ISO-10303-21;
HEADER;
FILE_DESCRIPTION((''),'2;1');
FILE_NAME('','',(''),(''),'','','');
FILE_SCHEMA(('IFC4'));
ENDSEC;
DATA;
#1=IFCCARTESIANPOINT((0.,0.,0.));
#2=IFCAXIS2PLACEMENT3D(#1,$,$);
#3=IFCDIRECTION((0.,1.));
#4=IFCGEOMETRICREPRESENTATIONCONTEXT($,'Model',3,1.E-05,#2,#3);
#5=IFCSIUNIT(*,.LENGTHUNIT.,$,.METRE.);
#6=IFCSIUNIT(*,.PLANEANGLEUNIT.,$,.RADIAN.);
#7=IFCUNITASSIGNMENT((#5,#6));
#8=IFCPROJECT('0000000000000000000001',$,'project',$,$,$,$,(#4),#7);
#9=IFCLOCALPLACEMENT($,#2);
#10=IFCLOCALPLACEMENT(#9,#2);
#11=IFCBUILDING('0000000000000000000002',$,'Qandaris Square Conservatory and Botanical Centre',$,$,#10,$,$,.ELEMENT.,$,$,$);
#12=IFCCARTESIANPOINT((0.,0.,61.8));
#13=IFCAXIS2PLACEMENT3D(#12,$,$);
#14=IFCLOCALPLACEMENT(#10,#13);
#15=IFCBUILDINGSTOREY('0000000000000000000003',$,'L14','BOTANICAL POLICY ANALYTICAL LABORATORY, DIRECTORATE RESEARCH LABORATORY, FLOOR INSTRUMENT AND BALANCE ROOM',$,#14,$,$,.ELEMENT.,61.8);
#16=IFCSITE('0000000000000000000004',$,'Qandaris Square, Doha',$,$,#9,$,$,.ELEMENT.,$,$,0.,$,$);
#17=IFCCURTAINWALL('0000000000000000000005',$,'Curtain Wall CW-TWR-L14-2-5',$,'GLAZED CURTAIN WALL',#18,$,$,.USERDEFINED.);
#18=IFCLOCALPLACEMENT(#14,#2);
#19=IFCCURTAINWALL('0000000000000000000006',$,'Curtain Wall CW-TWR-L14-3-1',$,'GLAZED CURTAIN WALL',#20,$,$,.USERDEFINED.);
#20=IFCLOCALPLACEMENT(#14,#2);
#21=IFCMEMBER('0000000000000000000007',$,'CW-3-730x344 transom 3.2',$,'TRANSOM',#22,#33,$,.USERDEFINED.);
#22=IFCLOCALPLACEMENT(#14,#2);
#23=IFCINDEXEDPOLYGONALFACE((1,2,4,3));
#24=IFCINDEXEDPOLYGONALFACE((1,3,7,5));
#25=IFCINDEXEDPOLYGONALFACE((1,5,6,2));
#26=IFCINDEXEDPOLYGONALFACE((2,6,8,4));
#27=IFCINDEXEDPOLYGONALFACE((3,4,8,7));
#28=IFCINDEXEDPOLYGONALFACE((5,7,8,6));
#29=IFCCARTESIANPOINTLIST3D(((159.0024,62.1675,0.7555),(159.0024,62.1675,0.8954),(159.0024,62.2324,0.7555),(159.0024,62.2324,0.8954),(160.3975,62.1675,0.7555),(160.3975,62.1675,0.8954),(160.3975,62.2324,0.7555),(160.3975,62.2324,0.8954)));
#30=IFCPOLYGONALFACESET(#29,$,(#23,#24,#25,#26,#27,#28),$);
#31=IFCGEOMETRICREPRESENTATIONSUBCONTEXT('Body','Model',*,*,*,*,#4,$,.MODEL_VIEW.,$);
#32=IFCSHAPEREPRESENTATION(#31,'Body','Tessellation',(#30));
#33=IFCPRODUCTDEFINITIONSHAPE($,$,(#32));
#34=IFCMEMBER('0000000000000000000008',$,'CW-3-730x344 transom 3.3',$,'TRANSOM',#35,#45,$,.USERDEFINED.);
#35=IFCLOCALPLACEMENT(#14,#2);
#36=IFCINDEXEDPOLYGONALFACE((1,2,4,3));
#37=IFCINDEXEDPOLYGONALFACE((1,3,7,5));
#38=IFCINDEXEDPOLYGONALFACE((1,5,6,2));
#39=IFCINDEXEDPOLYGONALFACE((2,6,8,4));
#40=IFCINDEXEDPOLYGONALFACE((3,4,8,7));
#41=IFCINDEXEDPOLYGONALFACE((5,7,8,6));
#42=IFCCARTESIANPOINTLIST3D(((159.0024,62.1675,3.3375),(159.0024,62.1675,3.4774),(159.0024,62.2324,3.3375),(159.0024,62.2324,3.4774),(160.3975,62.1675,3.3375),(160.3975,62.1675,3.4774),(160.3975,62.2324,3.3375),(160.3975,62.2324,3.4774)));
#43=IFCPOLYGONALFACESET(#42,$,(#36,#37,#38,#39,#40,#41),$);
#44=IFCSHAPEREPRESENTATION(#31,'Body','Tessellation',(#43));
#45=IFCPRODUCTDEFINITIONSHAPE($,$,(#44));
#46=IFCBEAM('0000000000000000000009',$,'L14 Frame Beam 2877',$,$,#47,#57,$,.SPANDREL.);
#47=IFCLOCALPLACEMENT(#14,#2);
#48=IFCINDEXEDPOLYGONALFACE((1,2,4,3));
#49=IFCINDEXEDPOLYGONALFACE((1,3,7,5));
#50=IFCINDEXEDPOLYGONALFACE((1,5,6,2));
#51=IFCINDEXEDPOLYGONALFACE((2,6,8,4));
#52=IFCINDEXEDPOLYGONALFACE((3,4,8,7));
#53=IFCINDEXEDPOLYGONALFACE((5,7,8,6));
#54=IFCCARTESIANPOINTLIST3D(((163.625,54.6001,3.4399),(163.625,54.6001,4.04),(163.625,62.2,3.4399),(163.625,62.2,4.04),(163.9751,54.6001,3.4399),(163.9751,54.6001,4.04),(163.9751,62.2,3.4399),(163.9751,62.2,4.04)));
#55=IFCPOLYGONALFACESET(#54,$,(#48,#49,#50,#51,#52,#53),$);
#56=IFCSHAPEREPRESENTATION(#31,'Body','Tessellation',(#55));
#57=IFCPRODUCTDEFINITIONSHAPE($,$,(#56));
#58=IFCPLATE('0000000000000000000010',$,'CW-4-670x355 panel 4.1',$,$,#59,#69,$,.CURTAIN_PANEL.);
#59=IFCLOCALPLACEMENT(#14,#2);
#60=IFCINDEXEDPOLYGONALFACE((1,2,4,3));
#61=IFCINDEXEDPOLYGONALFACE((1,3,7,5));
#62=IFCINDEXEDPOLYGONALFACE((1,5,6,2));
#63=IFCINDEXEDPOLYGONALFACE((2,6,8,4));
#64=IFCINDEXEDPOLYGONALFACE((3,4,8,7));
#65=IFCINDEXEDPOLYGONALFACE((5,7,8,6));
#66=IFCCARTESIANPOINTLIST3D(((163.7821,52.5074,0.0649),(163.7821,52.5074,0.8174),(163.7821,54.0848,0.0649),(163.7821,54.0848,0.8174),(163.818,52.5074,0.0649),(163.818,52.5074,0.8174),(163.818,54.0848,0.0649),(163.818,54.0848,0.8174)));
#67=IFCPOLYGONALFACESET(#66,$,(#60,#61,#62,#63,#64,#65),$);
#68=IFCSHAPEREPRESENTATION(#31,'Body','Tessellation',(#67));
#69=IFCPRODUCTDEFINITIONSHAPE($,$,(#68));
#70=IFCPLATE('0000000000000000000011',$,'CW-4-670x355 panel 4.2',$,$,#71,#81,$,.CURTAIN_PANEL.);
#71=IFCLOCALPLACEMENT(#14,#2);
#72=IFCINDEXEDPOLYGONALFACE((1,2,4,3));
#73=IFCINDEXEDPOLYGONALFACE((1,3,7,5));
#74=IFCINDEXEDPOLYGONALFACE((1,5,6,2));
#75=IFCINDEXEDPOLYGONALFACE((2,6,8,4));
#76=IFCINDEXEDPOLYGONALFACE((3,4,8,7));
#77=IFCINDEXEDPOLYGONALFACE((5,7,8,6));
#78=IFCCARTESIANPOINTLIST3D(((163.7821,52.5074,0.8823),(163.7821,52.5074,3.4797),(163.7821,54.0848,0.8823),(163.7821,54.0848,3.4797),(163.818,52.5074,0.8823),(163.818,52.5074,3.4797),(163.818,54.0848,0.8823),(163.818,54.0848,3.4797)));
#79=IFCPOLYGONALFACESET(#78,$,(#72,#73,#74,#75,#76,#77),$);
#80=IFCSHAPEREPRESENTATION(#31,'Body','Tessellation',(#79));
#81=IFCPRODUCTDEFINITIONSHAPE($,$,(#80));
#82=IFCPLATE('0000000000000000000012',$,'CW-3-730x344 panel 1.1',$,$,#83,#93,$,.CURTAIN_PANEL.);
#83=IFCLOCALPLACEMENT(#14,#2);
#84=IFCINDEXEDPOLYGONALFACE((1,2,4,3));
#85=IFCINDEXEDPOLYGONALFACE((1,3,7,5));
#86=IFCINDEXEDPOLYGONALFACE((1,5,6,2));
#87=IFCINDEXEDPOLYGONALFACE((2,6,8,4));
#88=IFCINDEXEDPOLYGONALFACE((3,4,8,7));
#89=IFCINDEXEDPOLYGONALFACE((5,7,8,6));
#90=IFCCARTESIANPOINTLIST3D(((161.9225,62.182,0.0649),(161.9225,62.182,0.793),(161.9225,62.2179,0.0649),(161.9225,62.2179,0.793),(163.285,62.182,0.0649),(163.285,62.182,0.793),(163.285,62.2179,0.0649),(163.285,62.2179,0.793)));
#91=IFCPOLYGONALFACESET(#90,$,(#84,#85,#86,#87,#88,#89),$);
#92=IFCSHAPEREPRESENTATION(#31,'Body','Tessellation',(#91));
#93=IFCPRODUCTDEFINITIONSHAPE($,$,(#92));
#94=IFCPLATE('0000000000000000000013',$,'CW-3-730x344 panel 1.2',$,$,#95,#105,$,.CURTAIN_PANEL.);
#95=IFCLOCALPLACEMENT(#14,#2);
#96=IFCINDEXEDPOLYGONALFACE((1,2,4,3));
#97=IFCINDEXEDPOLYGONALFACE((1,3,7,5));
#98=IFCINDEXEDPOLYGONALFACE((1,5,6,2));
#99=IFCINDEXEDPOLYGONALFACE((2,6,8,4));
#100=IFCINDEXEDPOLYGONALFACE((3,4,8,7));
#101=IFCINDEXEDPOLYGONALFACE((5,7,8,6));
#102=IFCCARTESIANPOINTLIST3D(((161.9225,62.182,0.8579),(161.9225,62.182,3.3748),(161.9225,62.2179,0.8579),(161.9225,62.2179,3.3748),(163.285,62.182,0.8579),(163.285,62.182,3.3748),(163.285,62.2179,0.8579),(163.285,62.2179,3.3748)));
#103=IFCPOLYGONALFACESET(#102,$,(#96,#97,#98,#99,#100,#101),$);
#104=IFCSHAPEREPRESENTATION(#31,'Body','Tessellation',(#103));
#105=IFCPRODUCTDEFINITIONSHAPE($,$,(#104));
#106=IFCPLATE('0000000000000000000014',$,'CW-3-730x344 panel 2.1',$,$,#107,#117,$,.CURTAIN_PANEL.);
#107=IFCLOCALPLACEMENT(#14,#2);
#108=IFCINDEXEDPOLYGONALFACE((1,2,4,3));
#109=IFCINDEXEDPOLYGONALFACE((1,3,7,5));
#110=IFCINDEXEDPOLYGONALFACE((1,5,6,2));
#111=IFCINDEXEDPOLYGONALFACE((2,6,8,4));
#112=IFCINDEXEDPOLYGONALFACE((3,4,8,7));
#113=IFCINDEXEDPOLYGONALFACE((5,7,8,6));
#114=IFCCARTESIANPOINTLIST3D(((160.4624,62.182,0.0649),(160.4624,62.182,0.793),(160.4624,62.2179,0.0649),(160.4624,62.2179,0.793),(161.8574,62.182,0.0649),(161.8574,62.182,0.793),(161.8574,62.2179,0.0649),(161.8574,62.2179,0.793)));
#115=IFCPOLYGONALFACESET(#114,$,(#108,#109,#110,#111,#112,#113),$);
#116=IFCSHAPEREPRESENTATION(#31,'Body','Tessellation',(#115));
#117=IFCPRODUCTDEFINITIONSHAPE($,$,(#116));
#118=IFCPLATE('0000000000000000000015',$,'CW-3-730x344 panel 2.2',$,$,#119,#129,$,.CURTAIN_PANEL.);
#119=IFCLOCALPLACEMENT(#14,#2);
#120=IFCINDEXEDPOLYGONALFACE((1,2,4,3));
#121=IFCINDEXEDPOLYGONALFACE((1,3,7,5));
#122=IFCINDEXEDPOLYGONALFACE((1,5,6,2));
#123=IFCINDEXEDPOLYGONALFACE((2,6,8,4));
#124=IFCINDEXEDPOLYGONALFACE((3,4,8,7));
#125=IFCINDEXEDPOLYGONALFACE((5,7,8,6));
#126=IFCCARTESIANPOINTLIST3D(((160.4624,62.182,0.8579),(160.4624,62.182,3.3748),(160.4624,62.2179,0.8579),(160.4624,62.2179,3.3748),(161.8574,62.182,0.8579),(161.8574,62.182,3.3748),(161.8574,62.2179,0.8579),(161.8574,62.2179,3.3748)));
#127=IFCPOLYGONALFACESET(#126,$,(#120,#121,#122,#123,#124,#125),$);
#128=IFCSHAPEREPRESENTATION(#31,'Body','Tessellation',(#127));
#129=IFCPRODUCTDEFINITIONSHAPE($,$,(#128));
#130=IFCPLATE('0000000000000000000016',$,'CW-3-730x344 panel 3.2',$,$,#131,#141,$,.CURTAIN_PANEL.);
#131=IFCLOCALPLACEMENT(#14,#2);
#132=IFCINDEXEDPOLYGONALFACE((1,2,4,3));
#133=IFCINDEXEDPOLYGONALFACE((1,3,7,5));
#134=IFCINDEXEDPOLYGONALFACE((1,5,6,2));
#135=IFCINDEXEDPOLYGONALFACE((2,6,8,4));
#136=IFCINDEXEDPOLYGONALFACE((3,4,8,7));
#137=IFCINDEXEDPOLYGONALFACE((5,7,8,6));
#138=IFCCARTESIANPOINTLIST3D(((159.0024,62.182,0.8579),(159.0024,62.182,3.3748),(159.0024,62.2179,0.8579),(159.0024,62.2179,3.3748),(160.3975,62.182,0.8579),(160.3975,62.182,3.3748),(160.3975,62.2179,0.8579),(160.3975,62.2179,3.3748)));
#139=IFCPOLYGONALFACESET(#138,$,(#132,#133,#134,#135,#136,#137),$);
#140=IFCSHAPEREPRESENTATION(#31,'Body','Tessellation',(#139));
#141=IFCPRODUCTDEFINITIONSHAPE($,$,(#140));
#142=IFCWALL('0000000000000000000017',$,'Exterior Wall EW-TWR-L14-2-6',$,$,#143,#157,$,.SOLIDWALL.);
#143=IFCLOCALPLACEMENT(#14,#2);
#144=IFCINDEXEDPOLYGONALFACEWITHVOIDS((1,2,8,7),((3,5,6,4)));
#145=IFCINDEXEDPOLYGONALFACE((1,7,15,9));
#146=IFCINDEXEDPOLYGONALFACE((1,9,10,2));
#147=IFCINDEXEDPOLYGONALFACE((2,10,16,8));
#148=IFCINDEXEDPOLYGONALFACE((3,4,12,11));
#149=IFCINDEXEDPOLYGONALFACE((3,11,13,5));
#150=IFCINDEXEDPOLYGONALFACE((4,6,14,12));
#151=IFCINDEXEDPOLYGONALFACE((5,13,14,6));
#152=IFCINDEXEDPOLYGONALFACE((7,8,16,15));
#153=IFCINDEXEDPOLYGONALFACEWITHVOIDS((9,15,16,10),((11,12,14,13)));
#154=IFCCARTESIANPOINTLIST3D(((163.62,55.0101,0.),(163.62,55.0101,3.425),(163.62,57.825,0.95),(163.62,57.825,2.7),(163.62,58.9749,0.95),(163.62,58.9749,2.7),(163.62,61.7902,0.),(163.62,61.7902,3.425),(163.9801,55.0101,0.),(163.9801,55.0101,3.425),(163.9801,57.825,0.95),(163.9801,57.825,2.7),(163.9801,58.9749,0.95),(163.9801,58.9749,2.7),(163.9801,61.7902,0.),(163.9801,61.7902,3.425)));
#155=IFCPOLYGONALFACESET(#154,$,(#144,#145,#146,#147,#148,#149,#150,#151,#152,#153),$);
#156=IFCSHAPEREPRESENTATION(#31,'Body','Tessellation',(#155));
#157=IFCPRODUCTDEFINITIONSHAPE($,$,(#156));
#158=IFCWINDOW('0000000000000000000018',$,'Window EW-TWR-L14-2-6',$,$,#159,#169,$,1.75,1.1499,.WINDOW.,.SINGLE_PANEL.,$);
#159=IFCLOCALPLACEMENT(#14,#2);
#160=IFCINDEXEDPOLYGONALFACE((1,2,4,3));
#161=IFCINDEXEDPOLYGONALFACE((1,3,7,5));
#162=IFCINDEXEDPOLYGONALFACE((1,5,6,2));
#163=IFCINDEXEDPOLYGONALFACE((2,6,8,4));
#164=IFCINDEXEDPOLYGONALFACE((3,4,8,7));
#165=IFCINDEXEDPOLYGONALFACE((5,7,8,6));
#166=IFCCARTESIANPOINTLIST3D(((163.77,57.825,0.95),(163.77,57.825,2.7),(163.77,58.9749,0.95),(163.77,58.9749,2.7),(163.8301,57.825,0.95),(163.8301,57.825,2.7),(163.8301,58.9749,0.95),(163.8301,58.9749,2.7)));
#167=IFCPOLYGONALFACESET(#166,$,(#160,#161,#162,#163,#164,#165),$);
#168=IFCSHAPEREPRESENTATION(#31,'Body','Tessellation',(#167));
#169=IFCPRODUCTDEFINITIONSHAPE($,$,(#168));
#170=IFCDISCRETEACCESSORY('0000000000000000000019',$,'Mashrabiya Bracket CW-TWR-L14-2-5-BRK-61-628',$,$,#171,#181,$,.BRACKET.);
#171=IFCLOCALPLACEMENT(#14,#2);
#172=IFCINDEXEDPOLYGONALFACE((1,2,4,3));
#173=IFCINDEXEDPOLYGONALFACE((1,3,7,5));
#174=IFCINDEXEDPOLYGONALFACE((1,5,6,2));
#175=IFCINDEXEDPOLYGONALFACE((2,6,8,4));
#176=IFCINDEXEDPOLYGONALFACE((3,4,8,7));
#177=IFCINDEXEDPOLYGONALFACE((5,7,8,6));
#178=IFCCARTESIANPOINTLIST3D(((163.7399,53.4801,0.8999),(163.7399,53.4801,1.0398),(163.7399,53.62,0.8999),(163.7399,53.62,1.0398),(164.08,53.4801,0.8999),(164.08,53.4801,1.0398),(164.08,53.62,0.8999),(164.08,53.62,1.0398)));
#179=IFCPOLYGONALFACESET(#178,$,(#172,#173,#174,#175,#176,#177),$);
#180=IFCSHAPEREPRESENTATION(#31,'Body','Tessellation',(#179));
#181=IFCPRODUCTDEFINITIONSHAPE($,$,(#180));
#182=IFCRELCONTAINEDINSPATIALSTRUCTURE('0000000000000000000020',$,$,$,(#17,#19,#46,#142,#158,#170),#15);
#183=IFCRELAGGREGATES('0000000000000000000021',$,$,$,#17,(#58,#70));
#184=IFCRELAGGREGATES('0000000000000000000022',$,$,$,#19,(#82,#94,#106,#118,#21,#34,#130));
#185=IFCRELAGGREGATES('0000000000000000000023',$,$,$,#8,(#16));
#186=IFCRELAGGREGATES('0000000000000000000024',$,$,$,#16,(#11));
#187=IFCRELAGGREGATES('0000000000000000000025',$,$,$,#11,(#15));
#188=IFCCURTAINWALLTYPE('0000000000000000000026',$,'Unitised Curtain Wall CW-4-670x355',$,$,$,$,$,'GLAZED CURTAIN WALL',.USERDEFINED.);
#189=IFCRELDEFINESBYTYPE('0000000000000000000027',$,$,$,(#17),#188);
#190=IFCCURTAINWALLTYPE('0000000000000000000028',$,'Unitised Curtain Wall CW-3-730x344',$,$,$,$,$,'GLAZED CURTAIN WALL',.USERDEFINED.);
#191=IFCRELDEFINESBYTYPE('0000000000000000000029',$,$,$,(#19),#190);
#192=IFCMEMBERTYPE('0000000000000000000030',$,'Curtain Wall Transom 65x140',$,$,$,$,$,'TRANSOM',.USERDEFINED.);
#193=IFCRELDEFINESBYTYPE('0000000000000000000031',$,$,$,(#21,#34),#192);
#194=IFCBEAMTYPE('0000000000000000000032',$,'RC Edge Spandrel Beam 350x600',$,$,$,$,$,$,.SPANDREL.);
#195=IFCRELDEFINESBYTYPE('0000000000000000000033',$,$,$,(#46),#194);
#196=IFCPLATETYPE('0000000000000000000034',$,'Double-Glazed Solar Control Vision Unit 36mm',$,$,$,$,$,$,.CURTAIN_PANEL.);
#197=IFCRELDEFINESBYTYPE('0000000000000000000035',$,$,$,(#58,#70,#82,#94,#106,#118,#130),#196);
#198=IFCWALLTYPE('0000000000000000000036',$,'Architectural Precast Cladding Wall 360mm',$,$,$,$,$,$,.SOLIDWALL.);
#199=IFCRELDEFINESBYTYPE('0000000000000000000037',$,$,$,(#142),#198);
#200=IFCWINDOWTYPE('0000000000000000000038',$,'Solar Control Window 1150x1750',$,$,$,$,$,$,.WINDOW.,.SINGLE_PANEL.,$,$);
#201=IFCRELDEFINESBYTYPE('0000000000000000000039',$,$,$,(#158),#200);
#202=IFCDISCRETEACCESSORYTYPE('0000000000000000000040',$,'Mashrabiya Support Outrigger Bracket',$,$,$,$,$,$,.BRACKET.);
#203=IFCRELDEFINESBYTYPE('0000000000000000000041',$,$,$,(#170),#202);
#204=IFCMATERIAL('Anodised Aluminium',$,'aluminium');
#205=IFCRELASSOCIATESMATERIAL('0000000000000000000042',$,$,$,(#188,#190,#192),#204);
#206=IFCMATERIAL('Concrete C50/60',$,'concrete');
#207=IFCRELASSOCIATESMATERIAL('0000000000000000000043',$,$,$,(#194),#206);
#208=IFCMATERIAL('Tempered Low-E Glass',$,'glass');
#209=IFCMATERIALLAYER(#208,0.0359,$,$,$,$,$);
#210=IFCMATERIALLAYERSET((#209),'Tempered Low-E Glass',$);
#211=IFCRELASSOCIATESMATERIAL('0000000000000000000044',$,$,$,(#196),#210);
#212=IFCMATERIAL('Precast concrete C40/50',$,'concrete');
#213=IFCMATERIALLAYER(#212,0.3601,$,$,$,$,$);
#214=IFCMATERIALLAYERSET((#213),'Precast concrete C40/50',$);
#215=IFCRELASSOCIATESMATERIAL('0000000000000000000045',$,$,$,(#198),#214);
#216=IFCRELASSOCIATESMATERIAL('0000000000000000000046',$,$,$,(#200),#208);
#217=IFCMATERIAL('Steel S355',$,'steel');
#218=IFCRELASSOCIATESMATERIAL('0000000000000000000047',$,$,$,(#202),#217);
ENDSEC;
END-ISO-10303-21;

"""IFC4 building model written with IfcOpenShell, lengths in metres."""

from ifc_helpers import new_model, si_unit, direction, frame, frame_2d, origin, origin_2d, place, context, subcontext, project, spatial, rectangle, extrude, material, layer, layer_set, material_profile, profile_set, type_object, element, fill, aggregate, save


model = new_model("IFC4")

# Units and contexts
model_context = context("Model", 3, precision=1e-05, world=origin(), true_north=direction((0.0, 1.0)))
body_context = subcontext(model_context, "Body", "Model", "MODEL_VIEW")
ifc_project = project(units=[si_unit("LENGTHUNIT", "METRE"), si_unit("PLANEANGLEUNIT", "RADIAN")], contexts=[model_context])

# Site, building, storey
site_placement = place(None, origin())
site = spatial("IfcSite", under=ifc_project, at=site_placement, Name="Qandaris Square, Doha", CompositionType="ELEMENT", RefElevation=0.0)
building_placement = place(site_placement, origin())
building = spatial("IfcBuilding", under=site, at=building_placement, Name="Qandaris Square Conservatory and Botanical Centre", CompositionType="ELEMENT")
storey_placement = place(building_placement, frame((0.0, 0.0, 61.8)))
storey = spatial("IfcBuildingStorey", under=building, at=storey_placement, Name="L14", Description="BOTANICAL POLICY ANALYTICAL LABORATORY, DIRECTORATE RESEARCH LABORATORY, FLOOR INSTRUMENT AND BALANCE ROOM", CompositionType="ELEMENT", Elevation=61.8)

# Shared definitions
ifc_material_1 = material(Name="Concrete C50/60", Category="concrete")

# Curtain wall
ifc_material_2 = material(Name="Anodised Aluminium", Category="aluminium")
curtain_wall_type_1 = type_object("IfcCurtainWallType", Name="Unitised Curtain Wall CW-4-670x355", ElementType="GLAZED CURTAIN WALL", PredefinedType="USERDEFINED", material=ifc_material_2)
curtain_wall_1_placement = place(storey_placement, origin())
curtain_wall_1 = element("IfcCurtainWall", 1, at=curtain_wall_1_placement, inside=storey, type_object=curtain_wall_type_1, Name="Curtain Wall CW-TWR-L14-2-5", ObjectType="GLAZED CURTAIN WALL", PredefinedType="USERDEFINED")

# Curtain wall
curtain_wall_type_2 = type_object("IfcCurtainWallType", Name="Unitised Curtain Wall CW-3-730x344", ElementType="GLAZED CURTAIN WALL", PredefinedType="USERDEFINED", material=ifc_material_2)
curtain_wall_2_placement = place(storey_placement, origin())
curtain_wall_2 = element("IfcCurtainWall", 2, at=curtain_wall_2_placement, inside=storey, type_object=curtain_wall_type_2, Name="Curtain Wall CW-TWR-L14-3-1", ObjectType="GLAZED CURTAIN WALL", PredefinedType="USERDEFINED")

# Members
ifc_material_profile_1 = material_profile(ifc_material_2, rectangle(XDim=0.0649, YDim=0.1399, at=origin_2d()), Name="ALU-TRN 65x140")
ifc_profile_set_1 = profile_set([ifc_material_profile_1], Name="Anodised Aluminium")
member_type_1 = type_object("IfcMemberType", Name="Curtain Wall Transom 65x140", ElementType="TRANSOM", PredefinedType="USERDEFINED", material=ifc_profile_set_1)
member_1_placement = place(storey_placement, frame((160.3975, 62.2, 0.8254), z_axis=(-1.0, 0.0, 0.0), x_axis=(0.0, -1.0, 0.0)))
member_1 = element("IfcMember", 3, at=member_1_placement, type_object=member_type_1, Name="CW-3-730x344 transom 3.2", ObjectType="TRANSOM", PredefinedType="USERDEFINED", context=body_context, shape_type="SweptSolid", body=[
    extrude(rectangle(XDim=0.0649, YDim=0.1399, at=origin_2d()), origin(), (0.0, 0.0, 1.0), 1.395),
])
member_2_placement = place(storey_placement, frame((160.3975, 62.2, 3.4075), z_axis=(-1.0, 0.0, 0.0), x_axis=(0.0, -1.0, 0.0)))
member_2 = element("IfcMember", 4, at=member_2_placement, type_object=member_type_1, Name="CW-3-730x344 transom 3.3", ObjectType="TRANSOM", PredefinedType="USERDEFINED", context=body_context, shape_type="SweptSolid", body=[
    extrude(rectangle(XDim=0.0649, YDim=0.1399, at=origin_2d()), origin(), (0.0, 0.0, 1.0), 1.395),
])

# Beam
ifc_material_profile_2 = material_profile(ifc_material_1, rectangle(XDim=0.3501, YDim=0.6001, at=origin_2d()), Name="RC-SP 350x600")
ifc_profile_set_2 = profile_set([ifc_material_profile_2], Name="Concrete C50/60")
beam_type = type_object("IfcBeamType", Name="RC Edge Spandrel Beam 350x600", PredefinedType="SPANDREL", material=ifc_profile_set_2)
beam_placement = place(storey_placement, frame((163.8, 54.6001, 3.74), z_axis=(0.0, 1.0, 0.0), x_axis=(-1.0, 0.0, 0.0)))
element("IfcBeam", 5, at=beam_placement, inside=storey, type_object=beam_type, Name="L14 Frame Beam 2877", PredefinedType="SPANDREL", context=body_context, shape_type="SweptSolid", body=[
    extrude(rectangle(XDim=0.3501, YDim=0.6001, at=origin_2d()), origin(), (0.0, 0.0, 1.0), 7.5999),
])

# Plates
ifc_material_3 = material(Name="Tempered Low-E Glass", Category="glass")
ifc_layer_1 = layer(ifc_material_3, 0.0359)
ifc_layer_set_1 = layer_set([ifc_layer_1], Name="Tempered Low-E Glass")
plate_type = type_object("IfcPlateType", Name="Double-Glazed Solar Control Vision Unit 36mm", PredefinedType="CURTAIN_PANEL", material=ifc_layer_set_1)
plate_1_placement = place(storey_placement, frame((163.8, 53.2961, 0.0649), z_axis=(0.0, 0.0, 1.0), x_axis=(0.0, 1.0, 0.0)))
plate_1 = element("IfcPlate", 6, at=plate_1_placement, type_object=plate_type, Name="CW-4-670x355 panel 4.1", PredefinedType="CURTAIN_PANEL", context=body_context, shape_type="SweptSolid", body=[
    extrude(rectangle(XDim=1.5774, YDim=0.0359, at=origin_2d()), origin(), (0.0, 0.0, 1.0), 0.7524),
])
plate_2_placement = place(storey_placement, frame((163.8, 53.2961, 0.8823), z_axis=(0.0, 0.0, 1.0), x_axis=(0.0, 1.0, 0.0)))
plate_2 = element("IfcPlate", 7, at=plate_2_placement, type_object=plate_type, Name="CW-4-670x355 panel 4.2", PredefinedType="CURTAIN_PANEL", context=body_context, shape_type="SweptSolid", body=[
    extrude(rectangle(XDim=1.5774, YDim=0.0359, at=origin_2d()), origin(), (0.0, 0.0, 1.0), 2.5974),
])
aggregate(curtain_wall_1, [plate_1, plate_2])
plate_3_placement = place(storey_placement, frame((162.6038, 62.2, 0.0649), z_axis=(0.0, 0.0, 1.0), x_axis=(-1.0, 0.0, 0.0)))
plate_3 = element("IfcPlate", 8, at=plate_3_placement, type_object=plate_type, Name="CW-3-730x344 panel 1.1", PredefinedType="CURTAIN_PANEL", context=body_context, shape_type="SweptSolid", body=[
    extrude(rectangle(XDim=1.3625, YDim=0.0359, at=origin_2d()), origin(), (0.0, 0.0, 1.0), 0.728),
])
plate_4_placement = place(storey_placement, frame((162.6038, 62.2, 0.8579), z_axis=(0.0, 0.0, 1.0), x_axis=(-1.0, 0.0, 0.0)))
plate_4 = element("IfcPlate", 9, at=plate_4_placement, type_object=plate_type, Name="CW-3-730x344 panel 1.2", PredefinedType="CURTAIN_PANEL", context=body_context, shape_type="SweptSolid", body=[
    extrude(rectangle(XDim=1.3625, YDim=0.0359, at=origin_2d()), origin(), (0.0, 0.0, 1.0), 2.5168),
])
plate_5_placement = place(storey_placement, frame((161.1599, 62.2, 0.0649), z_axis=(0.0, 0.0, 1.0), x_axis=(-1.0, 0.0, 0.0)))
plate_5 = element("IfcPlate", 10, at=plate_5_placement, type_object=plate_type, Name="CW-3-730x344 panel 2.1", PredefinedType="CURTAIN_PANEL", context=body_context, shape_type="SweptSolid", body=[
    extrude(rectangle(XDim=1.395, YDim=0.0359, at=origin_2d()), origin(), (0.0, 0.0, 1.0), 0.728),
])
plate_6_placement = place(storey_placement, frame((161.1599, 62.2, 0.8579), z_axis=(0.0, 0.0, 1.0), x_axis=(-1.0, 0.0, 0.0)))
plate_6 = element("IfcPlate", 11, at=plate_6_placement, type_object=plate_type, Name="CW-3-730x344 panel 2.2", PredefinedType="CURTAIN_PANEL", context=body_context, shape_type="SweptSolid", body=[
    extrude(rectangle(XDim=1.395, YDim=0.0359, at=origin_2d()), origin(), (0.0, 0.0, 1.0), 2.5168),
])
plate_7_placement = place(storey_placement, frame((159.7, 62.2, 0.8579), z_axis=(0.0, 0.0, 1.0), x_axis=(-1.0, 0.0, 0.0)))
plate_7 = element("IfcPlate", 12, at=plate_7_placement, type_object=plate_type, Name="CW-3-730x344 panel 3.2", PredefinedType="CURTAIN_PANEL", context=body_context, shape_type="SweptSolid", body=[
    extrude(rectangle(XDim=1.395, YDim=0.0359, at=origin_2d()), origin(), (0.0, 0.0, 1.0), 2.5168),
])
aggregate(curtain_wall_2, [plate_3, plate_4, plate_5, plate_6, member_1, member_2, plate_7])

# Wall, opening, window
ifc_material_4 = material(Name="Precast concrete C40/50", Category="concrete")
ifc_layer_2 = layer(ifc_material_4, 0.3601)
ifc_layer_set_2 = layer_set([ifc_layer_2], Name="Precast concrete C40/50")
wall_type = type_object("IfcWallType", Name="Architectural Precast Cladding Wall 360mm", PredefinedType="SOLIDWALL", material=ifc_layer_set_2)
wall_placement = place(storey_placement, frame((163.8, 55.01, 0.0), z_axis=(0.0, 0.0, 1.0), x_axis=(0.0, 1.0, 0.0)))
wall = element("IfcWall", 13, at=wall_placement, inside=storey, type_object=wall_type, Name="Exterior Wall EW-TWR-L14-2-6", PredefinedType="SOLIDWALL", context=body_context, shape_type="SweptSolid", body=[
    extrude(rectangle(XDim=6.78, YDim=0.3601, at=frame_2d((3.3901, 0.0))), origin(), (0.0, 0.0, 1.0), 3.425),
])
opening_placement = place(wall_placement, frame((2.8149, 0.0, 0.95)))
opening = element("IfcOpeningElement", 14, at=opening_placement, cuts=wall, PredefinedType="OPENING", context=body_context, shape_type="SweptSolid", body=[
    extrude(rectangle(XDim=1.1499, YDim=1.75, at=frame_2d((0.575, 0.875))), frame((0.0, 0.1919, 0.0), z_axis=(0.0, -1.0, 0.0), x_axis=(1.0, 0.0, 0.0)), (0.0, 0.0, 1.0), 0.384),
])
window_type = type_object("IfcWindowType", Name="Solar Control Window 1150x1750", PartitioningType="SINGLE_PANEL", PredefinedType="WINDOW", material=ifc_material_3)
window_placement = place(opening_placement, origin())
window = element("IfcWindow", 15, at=window_placement, inside=storey, type_object=window_type, Name="Window EW-TWR-L14-2-6", OverallHeight=1.75, OverallWidth=1.1499, PartitioningType="SINGLE_PANEL", PredefinedType="WINDOW", context=body_context, shape_type="SweptSolid", body=[
    extrude(rectangle(XDim=1.1499, YDim=1.75, at=frame_2d((0.575, 0.875))), frame((0.0, 0.03, 0.0), z_axis=(0.0, -1.0, 0.0), x_axis=(1.0, 0.0, 0.0)), (0.0, 0.0, 1.0), 0.0601),
])
fill(opening, window)

# Discrete accessory
ifc_material_5 = material(Name="Steel S355", Category="steel")
discrete_accessory_type = type_object("IfcDiscreteAccessoryType", Name="Mashrabiya Support Outrigger Bracket", PredefinedType="BRACKET", material=ifc_material_5)
for number, where, z_axis, x_axis, name in (
    (16, (163.9099, 53.55, 0.8999), (0.0, 0.0, 1.0), (0.0, 1.0, 0.0), "Mashrabiya Bracket CW-TWR-L14-2-5-BRK-61-628"),
):
    element("IfcDiscreteAccessory", number, at=place(storey_placement, frame(where, z_axis=z_axis, x_axis=x_axis)), inside=storey, type_object=discrete_accessory_type, Name=name, PredefinedType="BRACKET", context=body_context, shape_type="SweptSolid", body=[
        extrude(rectangle(XDim=0.1399, YDim=0.3401, at=origin_2d()), origin(), (0.0, 0.0, 1.0), 0.1399),
    ])

save(model, "model.ifc")
